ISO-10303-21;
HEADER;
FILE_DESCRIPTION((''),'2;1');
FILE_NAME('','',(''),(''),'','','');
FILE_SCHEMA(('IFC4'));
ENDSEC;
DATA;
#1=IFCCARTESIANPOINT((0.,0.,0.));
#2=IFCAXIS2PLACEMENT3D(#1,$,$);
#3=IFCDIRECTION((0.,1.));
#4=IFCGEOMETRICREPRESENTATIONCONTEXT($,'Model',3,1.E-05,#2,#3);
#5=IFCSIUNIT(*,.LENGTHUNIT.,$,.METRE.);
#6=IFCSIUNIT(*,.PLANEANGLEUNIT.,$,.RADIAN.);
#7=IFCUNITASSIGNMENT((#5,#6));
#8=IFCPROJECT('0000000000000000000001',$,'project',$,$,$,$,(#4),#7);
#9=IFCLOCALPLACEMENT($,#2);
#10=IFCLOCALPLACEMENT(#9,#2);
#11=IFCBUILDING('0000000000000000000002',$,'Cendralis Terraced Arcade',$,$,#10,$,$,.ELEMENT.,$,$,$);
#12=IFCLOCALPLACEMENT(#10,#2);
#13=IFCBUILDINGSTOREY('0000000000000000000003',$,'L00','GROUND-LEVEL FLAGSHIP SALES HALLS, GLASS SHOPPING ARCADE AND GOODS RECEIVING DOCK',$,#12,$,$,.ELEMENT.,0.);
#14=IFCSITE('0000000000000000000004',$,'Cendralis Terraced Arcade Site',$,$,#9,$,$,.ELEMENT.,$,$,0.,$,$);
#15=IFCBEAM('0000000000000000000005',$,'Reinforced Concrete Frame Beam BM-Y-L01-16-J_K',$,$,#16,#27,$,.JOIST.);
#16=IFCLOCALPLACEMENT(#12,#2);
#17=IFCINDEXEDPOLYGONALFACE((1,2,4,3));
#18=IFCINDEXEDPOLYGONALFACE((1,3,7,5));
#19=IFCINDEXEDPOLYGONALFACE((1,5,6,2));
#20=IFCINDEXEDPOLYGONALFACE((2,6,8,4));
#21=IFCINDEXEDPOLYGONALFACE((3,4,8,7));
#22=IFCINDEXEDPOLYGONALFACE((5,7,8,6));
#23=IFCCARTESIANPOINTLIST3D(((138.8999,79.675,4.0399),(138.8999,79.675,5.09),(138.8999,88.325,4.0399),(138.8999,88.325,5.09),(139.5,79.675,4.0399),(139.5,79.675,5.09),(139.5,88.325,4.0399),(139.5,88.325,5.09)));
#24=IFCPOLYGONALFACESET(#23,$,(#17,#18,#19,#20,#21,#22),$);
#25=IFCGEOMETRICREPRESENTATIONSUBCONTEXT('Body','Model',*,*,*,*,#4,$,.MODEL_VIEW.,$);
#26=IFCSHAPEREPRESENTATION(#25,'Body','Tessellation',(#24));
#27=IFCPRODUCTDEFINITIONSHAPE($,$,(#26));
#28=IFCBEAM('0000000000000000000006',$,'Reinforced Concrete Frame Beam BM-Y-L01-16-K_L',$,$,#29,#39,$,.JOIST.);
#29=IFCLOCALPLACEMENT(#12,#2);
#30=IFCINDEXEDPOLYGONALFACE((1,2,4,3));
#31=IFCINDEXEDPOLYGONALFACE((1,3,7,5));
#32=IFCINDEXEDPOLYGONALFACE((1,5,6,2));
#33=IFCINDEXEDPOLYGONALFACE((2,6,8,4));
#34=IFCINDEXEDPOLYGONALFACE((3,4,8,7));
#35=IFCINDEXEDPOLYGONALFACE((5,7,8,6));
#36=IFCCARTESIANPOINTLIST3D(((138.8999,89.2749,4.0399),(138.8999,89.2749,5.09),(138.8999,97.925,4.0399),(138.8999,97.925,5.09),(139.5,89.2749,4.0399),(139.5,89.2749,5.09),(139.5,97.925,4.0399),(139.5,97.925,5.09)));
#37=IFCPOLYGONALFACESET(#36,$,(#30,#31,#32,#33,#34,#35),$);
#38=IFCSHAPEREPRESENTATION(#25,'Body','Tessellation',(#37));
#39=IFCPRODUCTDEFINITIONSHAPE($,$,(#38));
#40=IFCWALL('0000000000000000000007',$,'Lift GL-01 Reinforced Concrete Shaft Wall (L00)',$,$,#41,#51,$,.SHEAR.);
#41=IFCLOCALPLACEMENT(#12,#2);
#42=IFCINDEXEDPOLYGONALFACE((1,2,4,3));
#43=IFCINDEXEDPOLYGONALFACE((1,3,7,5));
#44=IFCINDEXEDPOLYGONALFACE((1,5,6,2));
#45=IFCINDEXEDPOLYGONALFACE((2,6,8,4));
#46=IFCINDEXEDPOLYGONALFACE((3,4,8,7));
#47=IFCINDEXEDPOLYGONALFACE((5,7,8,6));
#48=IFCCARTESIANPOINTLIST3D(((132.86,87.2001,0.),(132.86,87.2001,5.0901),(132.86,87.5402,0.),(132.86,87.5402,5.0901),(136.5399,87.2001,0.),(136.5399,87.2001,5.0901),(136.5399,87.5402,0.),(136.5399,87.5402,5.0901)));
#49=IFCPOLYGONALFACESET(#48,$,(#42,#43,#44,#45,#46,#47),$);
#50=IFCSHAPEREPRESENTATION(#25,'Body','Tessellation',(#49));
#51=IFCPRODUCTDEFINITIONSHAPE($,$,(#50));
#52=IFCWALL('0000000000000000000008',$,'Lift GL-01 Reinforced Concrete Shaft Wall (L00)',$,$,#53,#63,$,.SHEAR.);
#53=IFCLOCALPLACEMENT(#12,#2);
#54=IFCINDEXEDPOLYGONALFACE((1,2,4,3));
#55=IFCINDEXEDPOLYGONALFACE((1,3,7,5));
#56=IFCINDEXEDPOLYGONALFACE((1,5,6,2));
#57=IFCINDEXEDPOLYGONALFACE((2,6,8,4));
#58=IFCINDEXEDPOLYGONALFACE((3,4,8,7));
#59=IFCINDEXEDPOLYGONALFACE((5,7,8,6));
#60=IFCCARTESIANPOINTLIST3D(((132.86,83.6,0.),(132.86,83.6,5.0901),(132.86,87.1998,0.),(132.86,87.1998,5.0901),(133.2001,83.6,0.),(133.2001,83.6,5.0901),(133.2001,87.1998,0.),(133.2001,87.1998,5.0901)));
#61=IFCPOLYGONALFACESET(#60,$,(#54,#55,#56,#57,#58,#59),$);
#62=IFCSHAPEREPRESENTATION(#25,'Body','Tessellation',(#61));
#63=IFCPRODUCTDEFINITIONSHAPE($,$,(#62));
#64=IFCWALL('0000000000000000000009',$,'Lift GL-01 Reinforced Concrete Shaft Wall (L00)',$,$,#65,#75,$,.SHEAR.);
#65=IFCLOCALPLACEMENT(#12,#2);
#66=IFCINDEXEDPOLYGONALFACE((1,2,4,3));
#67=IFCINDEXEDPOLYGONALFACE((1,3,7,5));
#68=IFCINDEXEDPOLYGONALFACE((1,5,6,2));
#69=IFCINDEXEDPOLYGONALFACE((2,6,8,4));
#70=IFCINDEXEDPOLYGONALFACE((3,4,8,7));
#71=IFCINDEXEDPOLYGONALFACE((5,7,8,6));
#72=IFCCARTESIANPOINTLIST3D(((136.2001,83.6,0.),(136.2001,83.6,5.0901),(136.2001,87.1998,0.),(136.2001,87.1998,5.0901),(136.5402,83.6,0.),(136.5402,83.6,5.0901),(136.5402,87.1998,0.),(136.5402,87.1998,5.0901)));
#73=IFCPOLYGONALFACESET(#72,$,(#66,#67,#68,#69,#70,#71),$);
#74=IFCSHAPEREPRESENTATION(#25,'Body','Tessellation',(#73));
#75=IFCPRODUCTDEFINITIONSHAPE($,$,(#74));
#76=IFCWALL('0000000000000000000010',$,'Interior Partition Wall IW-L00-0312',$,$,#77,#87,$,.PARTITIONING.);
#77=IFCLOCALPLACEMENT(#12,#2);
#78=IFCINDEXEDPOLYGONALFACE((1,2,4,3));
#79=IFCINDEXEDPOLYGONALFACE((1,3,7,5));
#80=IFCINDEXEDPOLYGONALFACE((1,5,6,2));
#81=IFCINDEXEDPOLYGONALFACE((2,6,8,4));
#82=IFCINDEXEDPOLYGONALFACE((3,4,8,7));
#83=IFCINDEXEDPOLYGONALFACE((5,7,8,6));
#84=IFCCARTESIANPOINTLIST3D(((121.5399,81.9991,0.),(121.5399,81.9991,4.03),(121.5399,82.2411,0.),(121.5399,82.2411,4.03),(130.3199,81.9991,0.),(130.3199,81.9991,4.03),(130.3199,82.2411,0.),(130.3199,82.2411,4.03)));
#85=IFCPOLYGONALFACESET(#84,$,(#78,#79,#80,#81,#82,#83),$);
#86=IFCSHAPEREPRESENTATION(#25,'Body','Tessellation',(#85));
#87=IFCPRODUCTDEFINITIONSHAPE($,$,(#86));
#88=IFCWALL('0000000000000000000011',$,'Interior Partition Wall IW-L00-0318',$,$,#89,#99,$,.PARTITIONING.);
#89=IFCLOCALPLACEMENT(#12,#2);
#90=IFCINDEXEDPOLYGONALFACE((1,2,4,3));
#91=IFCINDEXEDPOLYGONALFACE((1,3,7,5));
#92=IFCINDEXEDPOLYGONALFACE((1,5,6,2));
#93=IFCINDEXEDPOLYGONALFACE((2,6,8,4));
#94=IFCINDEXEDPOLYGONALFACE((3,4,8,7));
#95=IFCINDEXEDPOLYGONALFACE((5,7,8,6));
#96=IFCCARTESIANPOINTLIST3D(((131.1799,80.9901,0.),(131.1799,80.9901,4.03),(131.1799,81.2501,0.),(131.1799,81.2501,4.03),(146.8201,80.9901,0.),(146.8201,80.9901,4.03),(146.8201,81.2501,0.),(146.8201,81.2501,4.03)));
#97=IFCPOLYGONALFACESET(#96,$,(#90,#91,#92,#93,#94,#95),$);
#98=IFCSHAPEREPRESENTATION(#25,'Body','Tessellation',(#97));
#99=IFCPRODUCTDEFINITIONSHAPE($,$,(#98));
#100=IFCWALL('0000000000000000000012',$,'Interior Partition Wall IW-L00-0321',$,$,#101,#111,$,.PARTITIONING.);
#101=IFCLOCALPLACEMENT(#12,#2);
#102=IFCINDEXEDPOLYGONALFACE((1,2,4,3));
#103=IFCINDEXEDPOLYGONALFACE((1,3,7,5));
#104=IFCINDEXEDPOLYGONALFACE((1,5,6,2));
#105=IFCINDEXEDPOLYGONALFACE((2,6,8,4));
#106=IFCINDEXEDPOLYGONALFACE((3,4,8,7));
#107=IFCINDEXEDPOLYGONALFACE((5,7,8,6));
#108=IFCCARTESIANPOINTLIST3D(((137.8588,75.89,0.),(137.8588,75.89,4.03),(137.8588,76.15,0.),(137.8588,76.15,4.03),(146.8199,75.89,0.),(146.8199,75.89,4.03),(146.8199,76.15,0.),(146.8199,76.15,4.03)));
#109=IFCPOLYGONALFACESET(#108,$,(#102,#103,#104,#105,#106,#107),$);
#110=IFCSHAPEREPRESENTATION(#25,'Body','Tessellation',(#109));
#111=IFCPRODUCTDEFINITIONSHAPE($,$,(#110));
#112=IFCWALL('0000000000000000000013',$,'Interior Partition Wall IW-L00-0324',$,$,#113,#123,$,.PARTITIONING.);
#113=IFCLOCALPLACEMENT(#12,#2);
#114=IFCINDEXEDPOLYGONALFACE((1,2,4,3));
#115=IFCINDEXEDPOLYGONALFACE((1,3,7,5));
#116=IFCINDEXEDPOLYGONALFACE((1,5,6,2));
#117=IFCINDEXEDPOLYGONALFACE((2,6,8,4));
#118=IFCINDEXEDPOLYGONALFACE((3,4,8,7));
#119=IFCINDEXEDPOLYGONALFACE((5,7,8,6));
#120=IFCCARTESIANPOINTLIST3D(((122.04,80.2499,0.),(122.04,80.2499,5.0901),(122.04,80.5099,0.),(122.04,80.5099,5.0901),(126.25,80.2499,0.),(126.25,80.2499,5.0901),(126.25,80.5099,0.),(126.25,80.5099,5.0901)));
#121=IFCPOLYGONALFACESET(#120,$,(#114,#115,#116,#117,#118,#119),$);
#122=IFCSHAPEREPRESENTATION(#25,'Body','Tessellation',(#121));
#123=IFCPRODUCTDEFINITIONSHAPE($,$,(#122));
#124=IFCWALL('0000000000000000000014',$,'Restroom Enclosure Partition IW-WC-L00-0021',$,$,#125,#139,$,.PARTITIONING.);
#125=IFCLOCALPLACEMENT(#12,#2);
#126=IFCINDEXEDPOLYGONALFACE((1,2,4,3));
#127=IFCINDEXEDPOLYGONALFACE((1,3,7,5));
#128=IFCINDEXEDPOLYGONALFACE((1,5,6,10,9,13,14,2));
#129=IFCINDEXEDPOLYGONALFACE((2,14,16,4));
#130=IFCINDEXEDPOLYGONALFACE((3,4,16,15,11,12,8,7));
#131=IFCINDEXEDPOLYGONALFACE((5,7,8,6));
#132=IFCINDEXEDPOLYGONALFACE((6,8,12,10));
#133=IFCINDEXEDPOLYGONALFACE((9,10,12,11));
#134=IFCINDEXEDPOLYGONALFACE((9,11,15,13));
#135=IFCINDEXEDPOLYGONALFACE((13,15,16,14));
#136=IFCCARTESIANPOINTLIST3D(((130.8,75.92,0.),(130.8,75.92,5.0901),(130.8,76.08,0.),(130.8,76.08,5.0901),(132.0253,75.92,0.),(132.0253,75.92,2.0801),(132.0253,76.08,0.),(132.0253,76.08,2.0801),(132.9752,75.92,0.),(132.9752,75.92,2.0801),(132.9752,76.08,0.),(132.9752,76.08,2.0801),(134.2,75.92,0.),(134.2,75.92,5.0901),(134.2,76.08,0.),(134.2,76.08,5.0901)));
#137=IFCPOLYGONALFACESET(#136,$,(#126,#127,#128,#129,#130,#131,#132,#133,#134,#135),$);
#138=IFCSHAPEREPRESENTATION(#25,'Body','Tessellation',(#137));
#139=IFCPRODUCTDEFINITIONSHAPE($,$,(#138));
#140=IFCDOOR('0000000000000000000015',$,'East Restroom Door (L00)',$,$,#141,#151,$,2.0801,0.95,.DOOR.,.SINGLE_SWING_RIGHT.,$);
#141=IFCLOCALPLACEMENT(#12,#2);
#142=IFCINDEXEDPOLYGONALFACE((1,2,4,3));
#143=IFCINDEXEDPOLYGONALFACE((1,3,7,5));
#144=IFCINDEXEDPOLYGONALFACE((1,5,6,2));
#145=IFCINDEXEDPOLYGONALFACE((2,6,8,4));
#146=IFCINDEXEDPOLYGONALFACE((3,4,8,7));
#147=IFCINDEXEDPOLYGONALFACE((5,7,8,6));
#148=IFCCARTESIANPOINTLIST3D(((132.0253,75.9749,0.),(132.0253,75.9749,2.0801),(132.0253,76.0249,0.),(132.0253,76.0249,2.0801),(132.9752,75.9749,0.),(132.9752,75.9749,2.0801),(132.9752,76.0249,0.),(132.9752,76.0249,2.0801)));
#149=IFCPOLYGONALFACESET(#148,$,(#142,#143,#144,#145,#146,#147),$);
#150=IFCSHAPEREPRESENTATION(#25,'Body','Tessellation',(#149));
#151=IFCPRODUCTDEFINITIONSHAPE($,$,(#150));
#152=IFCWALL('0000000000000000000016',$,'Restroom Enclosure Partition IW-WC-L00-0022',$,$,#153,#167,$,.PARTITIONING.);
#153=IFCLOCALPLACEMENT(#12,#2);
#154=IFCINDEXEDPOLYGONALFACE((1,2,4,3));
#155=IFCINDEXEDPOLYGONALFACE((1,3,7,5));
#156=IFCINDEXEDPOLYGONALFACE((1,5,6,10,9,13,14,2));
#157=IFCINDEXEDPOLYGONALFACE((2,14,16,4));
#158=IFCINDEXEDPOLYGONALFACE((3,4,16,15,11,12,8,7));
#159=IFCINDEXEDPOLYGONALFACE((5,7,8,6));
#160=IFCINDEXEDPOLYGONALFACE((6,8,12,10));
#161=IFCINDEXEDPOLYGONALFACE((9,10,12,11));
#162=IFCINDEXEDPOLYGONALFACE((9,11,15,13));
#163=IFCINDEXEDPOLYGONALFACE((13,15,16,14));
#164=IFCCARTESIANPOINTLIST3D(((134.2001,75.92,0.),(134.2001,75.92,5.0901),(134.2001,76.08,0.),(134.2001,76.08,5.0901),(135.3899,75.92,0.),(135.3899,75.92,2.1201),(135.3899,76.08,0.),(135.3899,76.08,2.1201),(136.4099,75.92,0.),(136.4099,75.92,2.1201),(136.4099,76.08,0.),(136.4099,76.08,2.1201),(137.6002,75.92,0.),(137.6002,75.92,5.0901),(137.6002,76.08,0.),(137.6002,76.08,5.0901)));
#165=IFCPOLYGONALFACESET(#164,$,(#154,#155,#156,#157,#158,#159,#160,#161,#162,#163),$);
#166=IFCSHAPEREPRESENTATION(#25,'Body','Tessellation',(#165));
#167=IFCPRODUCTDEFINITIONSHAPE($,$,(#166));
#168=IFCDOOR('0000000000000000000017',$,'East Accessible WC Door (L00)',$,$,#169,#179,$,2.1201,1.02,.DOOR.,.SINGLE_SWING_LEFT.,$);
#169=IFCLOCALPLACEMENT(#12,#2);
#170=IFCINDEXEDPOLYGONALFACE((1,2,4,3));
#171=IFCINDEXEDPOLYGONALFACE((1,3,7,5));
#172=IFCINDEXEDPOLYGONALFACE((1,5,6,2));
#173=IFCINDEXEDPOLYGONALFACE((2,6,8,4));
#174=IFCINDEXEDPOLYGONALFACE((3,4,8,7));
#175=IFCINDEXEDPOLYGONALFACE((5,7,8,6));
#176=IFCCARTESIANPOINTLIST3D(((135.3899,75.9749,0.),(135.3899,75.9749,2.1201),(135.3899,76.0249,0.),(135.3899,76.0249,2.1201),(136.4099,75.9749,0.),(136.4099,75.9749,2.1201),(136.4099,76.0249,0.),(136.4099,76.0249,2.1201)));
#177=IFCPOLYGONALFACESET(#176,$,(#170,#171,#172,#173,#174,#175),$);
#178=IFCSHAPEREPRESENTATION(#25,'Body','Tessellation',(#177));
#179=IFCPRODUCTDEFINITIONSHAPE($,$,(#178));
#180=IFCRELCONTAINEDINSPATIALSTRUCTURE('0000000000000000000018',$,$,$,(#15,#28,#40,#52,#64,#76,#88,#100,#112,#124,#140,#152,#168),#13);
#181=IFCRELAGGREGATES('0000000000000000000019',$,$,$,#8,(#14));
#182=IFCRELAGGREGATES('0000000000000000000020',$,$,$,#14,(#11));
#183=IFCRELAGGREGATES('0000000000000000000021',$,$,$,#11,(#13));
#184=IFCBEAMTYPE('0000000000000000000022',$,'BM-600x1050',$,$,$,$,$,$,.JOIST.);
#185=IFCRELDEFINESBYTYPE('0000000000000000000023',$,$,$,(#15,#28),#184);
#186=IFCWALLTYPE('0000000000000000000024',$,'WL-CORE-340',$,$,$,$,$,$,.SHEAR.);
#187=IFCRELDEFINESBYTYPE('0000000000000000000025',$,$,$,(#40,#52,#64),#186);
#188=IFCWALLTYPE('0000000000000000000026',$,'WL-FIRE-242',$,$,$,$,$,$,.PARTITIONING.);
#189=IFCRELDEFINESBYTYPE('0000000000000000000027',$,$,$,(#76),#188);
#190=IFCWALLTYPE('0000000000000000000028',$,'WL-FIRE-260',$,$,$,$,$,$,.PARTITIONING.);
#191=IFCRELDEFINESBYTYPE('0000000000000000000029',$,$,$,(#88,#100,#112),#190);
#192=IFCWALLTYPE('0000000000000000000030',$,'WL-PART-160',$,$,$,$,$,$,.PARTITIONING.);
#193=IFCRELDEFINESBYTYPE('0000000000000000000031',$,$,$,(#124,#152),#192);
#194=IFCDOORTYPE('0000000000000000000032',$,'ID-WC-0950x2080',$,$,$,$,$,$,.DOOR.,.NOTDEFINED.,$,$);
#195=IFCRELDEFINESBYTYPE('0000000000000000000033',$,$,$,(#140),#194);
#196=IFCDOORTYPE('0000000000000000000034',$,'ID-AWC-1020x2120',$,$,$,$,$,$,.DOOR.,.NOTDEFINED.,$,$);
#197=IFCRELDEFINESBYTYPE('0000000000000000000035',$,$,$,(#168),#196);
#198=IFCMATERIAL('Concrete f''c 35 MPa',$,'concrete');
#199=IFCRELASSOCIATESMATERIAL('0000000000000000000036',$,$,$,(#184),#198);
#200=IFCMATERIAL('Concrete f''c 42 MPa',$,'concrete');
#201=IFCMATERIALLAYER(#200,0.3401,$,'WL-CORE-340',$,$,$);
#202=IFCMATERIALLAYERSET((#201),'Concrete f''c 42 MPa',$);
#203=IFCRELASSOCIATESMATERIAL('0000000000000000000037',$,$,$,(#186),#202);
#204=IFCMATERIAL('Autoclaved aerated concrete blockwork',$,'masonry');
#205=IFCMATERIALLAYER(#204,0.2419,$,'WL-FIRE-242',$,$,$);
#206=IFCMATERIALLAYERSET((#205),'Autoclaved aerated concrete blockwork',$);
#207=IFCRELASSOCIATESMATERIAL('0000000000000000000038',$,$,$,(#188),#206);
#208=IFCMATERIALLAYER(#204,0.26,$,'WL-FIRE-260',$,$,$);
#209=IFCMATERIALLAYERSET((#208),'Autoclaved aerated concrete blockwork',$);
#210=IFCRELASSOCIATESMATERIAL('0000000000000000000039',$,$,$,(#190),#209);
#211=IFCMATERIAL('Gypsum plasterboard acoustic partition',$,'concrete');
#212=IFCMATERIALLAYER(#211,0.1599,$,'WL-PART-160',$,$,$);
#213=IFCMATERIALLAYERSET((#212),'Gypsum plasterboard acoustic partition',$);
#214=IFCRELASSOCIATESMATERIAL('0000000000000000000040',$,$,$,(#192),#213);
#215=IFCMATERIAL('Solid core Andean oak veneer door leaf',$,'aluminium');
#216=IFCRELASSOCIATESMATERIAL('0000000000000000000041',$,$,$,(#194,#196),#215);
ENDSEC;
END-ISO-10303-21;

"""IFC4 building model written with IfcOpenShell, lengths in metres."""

from ifc_helpers import new_model, si_unit, direction, frame, frame_2d, origin, origin_2d, place, context, subcontext, project, spatial, rectangle, extrude, material, layer, layer_set, material_profile, profile_set, type_object, element, fill, save


model = new_model("IFC4")

# Units and contexts
model_context = context("Model", 3, precision=1e-05, world=origin(), true_north=direction((0.0, 1.0)))
body_context = subcontext(model_context, "Body", "Model", "MODEL_VIEW")
ifc_project = project(units=[si_unit("LENGTHUNIT", "METRE"), si_unit("PLANEANGLEUNIT", "RADIAN")], contexts=[model_context])

# Site, building, storey
site_placement = place(None, origin())
site = spatial("IfcSite", under=ifc_project, at=site_placement, Name="Cendralis Terraced Arcade Site", CompositionType="ELEMENT", RefElevation=0.0)
building_placement = place(site_placement, origin())
building = spatial("IfcBuilding", under=site, at=building_placement, Name="Cendralis Terraced Arcade", CompositionType="ELEMENT")
storey_placement = place(building_placement, origin())
storey = spatial("IfcBuildingStorey", under=building, at=storey_placement, Name="L00", Description="GROUND-LEVEL FLAGSHIP SALES HALLS, GLASS SHOPPING ARCADE AND GOODS RECEIVING DOCK", CompositionType="ELEMENT", Elevation=0.0)

# Shared definitions
ifc_material_1 = material(Name="Concrete f'c 42 MPa", Category="concrete")

# Beams
ifc_material_2 = material(Name="Concrete f'c 35 MPa", Category="concrete")
ifc_material_profile_1 = material_profile(ifc_material_2, rectangle(XDim=0.6001, YDim=1.05, at=origin_2d()), Name="RC-BM-600x1050", Category="LoadBearing")
ifc_profile_set_1 = profile_set([ifc_material_profile_1], Name="Concrete f'c 35 MPa")
beam_type = type_object("IfcBeamType", Name="BM-600x1050", PredefinedType="JOIST", material=ifc_profile_set_1)
beam_1_placement = place(storey_placement, frame((139.2, 79.675, 4.5649), z_axis=(0.0, 1.0, 0.0), x_axis=(-1.0, 0.0, 0.0)))
element("IfcBeam", 1, at=beam_1_placement, inside=storey, type_object=beam_type, Name="Reinforced Concrete Frame Beam BM-Y-L01-16-J_K", PredefinedType="JOIST", context=body_context, shape_type="SweptSolid", body=[
    extrude(rectangle(XDim=0.6001, YDim=1.05, at=origin_2d()), origin(), (0.0, 0.0, 1.0), 8.6499),
])
beam_2_placement = place(storey_placement, frame((139.2, 89.2749, 4.5649), z_axis=(0.0, 1.0, 0.0), x_axis=(-1.0, 0.0, 0.0)))
element("IfcBeam", 2, at=beam_2_placement, inside=storey, type_object=beam_type, Name="Reinforced Concrete Frame Beam BM-Y-L01-16-K_L", PredefinedType="JOIST", context=body_context, shape_type="SweptSolid", body=[
    extrude(rectangle(XDim=0.6001, YDim=1.05, at=origin_2d()), origin(), (0.0, 0.0, 1.0), 8.6501),
])

# Shared definitions
ifc_layer_1 = layer(ifc_material_1, 0.3401, Name="WL-CORE-340")
ifc_layer_set_1 = layer_set([ifc_layer_1], Name="Concrete f'c 42 MPa")
wall_type_1 = type_object("IfcWallType", Name="WL-CORE-340", PredefinedType="SHEAR", material=ifc_layer_set_1)

# Walls
wall_1_placement = place(storey_placement, frame((132.8601, 87.3701, 0.0), z_axis=(0.0, 0.0, 1.0), x_axis=(1.0, 0.0, 0.0)))
element("IfcWall", 3, at=wall_1_placement, inside=storey, type_object=wall_type_1, Name="Lift GL-01 Reinforced Concrete Shaft Wall (L00)", PredefinedType="SHEAR", context=body_context, shape_type="SweptSolid", body=[
    extrude(rectangle(XDim=3.6799, YDim=0.3401, at=frame_2d((1.8398, 0.0))), origin(), (0.0, 0.0, 1.0), 5.0901),
])
for number, where, z_axis, x_axis, name in (
    (4, (133.03, 83.6001, 0.0), (0.0, 0.0, 1.0), (0.0, 1.0, 0.0), "Lift GL-01 Reinforced Concrete Shaft Wall (L00)"),
    (5, (136.3701, 83.6001, 0.0), (0.0, 0.0, 1.0), (0.0, 1.0, 0.0), "Lift GL-01 Reinforced Concrete Shaft Wall (L00)"),
):
    element("IfcWall", number, at=place(storey_placement, frame(where, z_axis=z_axis, x_axis=x_axis)), inside=storey, type_object=wall_type_1, Name=name, PredefinedType="SHEAR", context=body_context, shape_type="SweptSolid", body=[
        extrude(rectangle(XDim=3.5999, YDim=0.3401, at=frame_2d((1.7998, 0.0))), origin(), (0.0, 0.0, 1.0), 5.0901),
    ])
ifc_material_3 = material(Name="Autoclaved aerated concrete blockwork", Category="masonry")
ifc_layer_2 = layer(ifc_material_3, 0.2419, Name="WL-FIRE-242")
ifc_layer_set_2 = layer_set([ifc_layer_2], Name="Autoclaved aerated concrete blockwork")
wall_type_2 = type_object("IfcWallType", Name="WL-FIRE-242", PredefinedType="PARTITIONING", material=ifc_layer_set_2)
wall_2_placement = place(storey_placement, frame((130.3201, 82.1201, 0.0), z_axis=(0.0, 0.0, 1.0), x_axis=(-1.0, 0.0, 0.0)))
element("IfcWall", 6, at=wall_2_placement, inside=storey, type_object=wall_type_2, Name="Interior Partition Wall IW-L00-0312", PredefinedType="PARTITIONING", context=body_context, shape_type="SweptSolid", body=[
    extrude(rectangle(XDim=8.78, YDim=0.2419, at=frame_2d((4.3901, 0.0))), origin(), (0.0, 0.0, 1.0), 4.03),
])
ifc_layer_3 = layer(ifc_material_3, 0.26, Name="WL-FIRE-260")
ifc_layer_set_3 = layer_set([ifc_layer_3], Name="Autoclaved aerated concrete blockwork")
wall_type_3 = type_object("IfcWallType", Name="WL-FIRE-260", PredefinedType="PARTITIONING", material=ifc_layer_set_3)
wall_3_placement = place(storey_placement, frame((131.1799, 81.1201, 0.0), z_axis=(0.0, 0.0, 1.0), x_axis=(1.0, 0.0, 0.0)))
element("IfcWall", 7, at=wall_3_placement, inside=storey, type_object=wall_type_3, Name="Interior Partition Wall IW-L00-0318", PredefinedType="PARTITIONING", context=body_context, shape_type="SweptSolid", body=[
    extrude(rectangle(XDim=15.6401, YDim=0.26, at=frame_2d((7.8201, 0.0))), origin(), (0.0, 0.0, 1.0), 4.03),
])
wall_4_placement = place(storey_placement, frame((137.8589, 76.02, 0.0), z_axis=(0.0, 0.0, 1.0), x_axis=(1.0, 0.0, 0.0)))
element("IfcWall", 8, at=wall_4_placement, inside=storey, type_object=wall_type_3, Name="Interior Partition Wall IW-L00-0321", PredefinedType="PARTITIONING", context=body_context, shape_type="SweptSolid", body=[
    extrude(rectangle(XDim=8.9612, YDim=0.26, at=frame_2d((4.4805, 0.0))), origin(), (0.0, 0.0, 1.0), 4.03),
])
wall_5_placement = place(storey_placement, frame((126.25, 80.3799, 0.0), z_axis=(0.0, 0.0, 1.0), x_axis=(-1.0, 0.0, 0.0)))
element("IfcWall", 9, at=wall_5_placement, inside=storey, type_object=wall_type_3, Name="Interior Partition Wall IW-L00-0324", PredefinedType="PARTITIONING", context=body_context, shape_type="SweptSolid", body=[
    extrude(rectangle(XDim=4.21, YDim=0.26, at=frame_2d((2.105, 0.0))), origin(), (0.0, 0.0, 1.0), 5.0901),
])

# Walls, openings, doors
ifc_material_4 = material(Name="Gypsum plasterboard acoustic partition", Category="concrete")
ifc_layer_4 = layer(ifc_material_4, 0.1599, Name="WL-PART-160")
ifc_layer_set_4 = layer_set([ifc_layer_4], Name="Gypsum plasterboard acoustic partition")
wall_type_4 = type_object("IfcWallType", Name="WL-PART-160", PredefinedType="PARTITIONING", material=ifc_layer_set_4)
wall_6_placement = place(storey_placement, frame((130.8, 76.0, 0.0), z_axis=(0.0, 0.0, 1.0), x_axis=(1.0, 0.0, 0.0)))
wall_6 = element("IfcWall", 10, at=wall_6_placement, inside=storey, type_object=wall_type_4, Name="Restroom Enclosure Partition IW-WC-L00-0021", PredefinedType="PARTITIONING", context=body_context, shape_type="SweptSolid", body=[
    extrude(rectangle(XDim=3.3999, YDim=0.1599, at=frame_2d((1.7, 0.0))), origin(), (0.0, 0.0, 1.0), 5.0901),
])
opening_1_placement = place(wall_6_placement, frame((1.2251, 0.0, 0.0)))
opening_1 = element("IfcOpeningElement", 11, at=opening_1_placement, cuts=wall_6, PredefinedType="OPENING", context=body_context, shape_type="SweptSolid", body=[
    extrude(rectangle(XDim=0.95, YDim=2.0801, at=frame_2d((0.4751, 1.04))), frame((0.0, 0.0918, 0.0), z_axis=(0.0, -1.0, 0.0), x_axis=(1.0, 0.0, 0.0)), (0.0, 0.0, 1.0), 0.1838),
])
ifc_material_5 = material(Name="Solid core Andean oak veneer door leaf", Category="aluminium")
door_type_1 = type_object("IfcDoorType", Name="ID-WC-0950x2080", OperationType="NOTDEFINED", PredefinedType="DOOR", material=ifc_material_5)
door_1_placement = place(opening_1_placement, origin())
door_1 = element("IfcDoor", 12, at=door_1_placement, inside=storey, type_object=door_type_1, Name="East Restroom Door (L00)", OperationType="SINGLE_SWING_RIGHT", OverallHeight=2.0801, OverallWidth=0.95, PredefinedType="DOOR", context=body_context, shape_type="SweptSolid", body=[
    extrude(rectangle(XDim=0.95, YDim=2.0801, at=frame_2d((0.4751, 1.04))), frame((0.0, 0.0249, 0.0), z_axis=(0.0, -1.0, 0.0), x_axis=(1.0, 0.0, 0.0)), (0.0, 0.0, 1.0), 0.05),
])
fill(opening_1, door_1)
wall_7_placement = place(storey_placement, frame((134.2, 76.0, 0.0), z_axis=(0.0, 0.0, 1.0), x_axis=(1.0, 0.0, 0.0)))
wall_7 = element("IfcWall", 13, at=wall_7_placement, inside=storey, type_object=wall_type_4, Name="Restroom Enclosure Partition IW-WC-L00-0022", PredefinedType="PARTITIONING", context=body_context, shape_type="SweptSolid", body=[
    extrude(rectangle(XDim=3.4001, YDim=0.1599, at=frame_2d((1.7002, 0.0))), origin(), (0.0, 0.0, 1.0), 5.0901),
])
opening_2_placement = place(wall_7_placement, frame((1.1899, 0.0, 0.0)))
opening_2 = element("IfcOpeningElement", 14, at=opening_2_placement, cuts=wall_7, PredefinedType="OPENING", context=body_context, shape_type="SweptSolid", body=[
    extrude(rectangle(XDim=1.02, YDim=2.1201, at=frame_2d((0.51, 1.0601))), frame((0.0, 0.0918, 0.0), z_axis=(0.0, -1.0, 0.0), x_axis=(1.0, 0.0, 0.0)), (0.0, 0.0, 1.0), 0.1838),
])
door_type_2 = type_object("IfcDoorType", Name="ID-AWC-1020x2120", OperationType="NOTDEFINED", PredefinedType="DOOR", material=ifc_material_5)
door_2_placement = place(opening_2_placement, origin())
door_2 = element("IfcDoor", 15, at=door_2_placement, inside=storey, type_object=door_type_2, Name="East Accessible WC Door (L00)", OperationType="SINGLE_SWING_LEFT", OverallHeight=2.1201, OverallWidth=1.02, PredefinedType="DOOR", context=body_context, shape_type="SweptSolid", body=[
    extrude(rectangle(XDim=1.02, YDim=2.1201, at=frame_2d((0.51, 1.0601))), frame((0.0, 0.0249, 0.0), z_axis=(0.0, -1.0, 0.0), x_axis=(1.0, 0.0, 0.0)), (0.0, 0.0, 1.0), 0.05),
])
fill(opening_2, door_2)

save(model, "model.ifc")
